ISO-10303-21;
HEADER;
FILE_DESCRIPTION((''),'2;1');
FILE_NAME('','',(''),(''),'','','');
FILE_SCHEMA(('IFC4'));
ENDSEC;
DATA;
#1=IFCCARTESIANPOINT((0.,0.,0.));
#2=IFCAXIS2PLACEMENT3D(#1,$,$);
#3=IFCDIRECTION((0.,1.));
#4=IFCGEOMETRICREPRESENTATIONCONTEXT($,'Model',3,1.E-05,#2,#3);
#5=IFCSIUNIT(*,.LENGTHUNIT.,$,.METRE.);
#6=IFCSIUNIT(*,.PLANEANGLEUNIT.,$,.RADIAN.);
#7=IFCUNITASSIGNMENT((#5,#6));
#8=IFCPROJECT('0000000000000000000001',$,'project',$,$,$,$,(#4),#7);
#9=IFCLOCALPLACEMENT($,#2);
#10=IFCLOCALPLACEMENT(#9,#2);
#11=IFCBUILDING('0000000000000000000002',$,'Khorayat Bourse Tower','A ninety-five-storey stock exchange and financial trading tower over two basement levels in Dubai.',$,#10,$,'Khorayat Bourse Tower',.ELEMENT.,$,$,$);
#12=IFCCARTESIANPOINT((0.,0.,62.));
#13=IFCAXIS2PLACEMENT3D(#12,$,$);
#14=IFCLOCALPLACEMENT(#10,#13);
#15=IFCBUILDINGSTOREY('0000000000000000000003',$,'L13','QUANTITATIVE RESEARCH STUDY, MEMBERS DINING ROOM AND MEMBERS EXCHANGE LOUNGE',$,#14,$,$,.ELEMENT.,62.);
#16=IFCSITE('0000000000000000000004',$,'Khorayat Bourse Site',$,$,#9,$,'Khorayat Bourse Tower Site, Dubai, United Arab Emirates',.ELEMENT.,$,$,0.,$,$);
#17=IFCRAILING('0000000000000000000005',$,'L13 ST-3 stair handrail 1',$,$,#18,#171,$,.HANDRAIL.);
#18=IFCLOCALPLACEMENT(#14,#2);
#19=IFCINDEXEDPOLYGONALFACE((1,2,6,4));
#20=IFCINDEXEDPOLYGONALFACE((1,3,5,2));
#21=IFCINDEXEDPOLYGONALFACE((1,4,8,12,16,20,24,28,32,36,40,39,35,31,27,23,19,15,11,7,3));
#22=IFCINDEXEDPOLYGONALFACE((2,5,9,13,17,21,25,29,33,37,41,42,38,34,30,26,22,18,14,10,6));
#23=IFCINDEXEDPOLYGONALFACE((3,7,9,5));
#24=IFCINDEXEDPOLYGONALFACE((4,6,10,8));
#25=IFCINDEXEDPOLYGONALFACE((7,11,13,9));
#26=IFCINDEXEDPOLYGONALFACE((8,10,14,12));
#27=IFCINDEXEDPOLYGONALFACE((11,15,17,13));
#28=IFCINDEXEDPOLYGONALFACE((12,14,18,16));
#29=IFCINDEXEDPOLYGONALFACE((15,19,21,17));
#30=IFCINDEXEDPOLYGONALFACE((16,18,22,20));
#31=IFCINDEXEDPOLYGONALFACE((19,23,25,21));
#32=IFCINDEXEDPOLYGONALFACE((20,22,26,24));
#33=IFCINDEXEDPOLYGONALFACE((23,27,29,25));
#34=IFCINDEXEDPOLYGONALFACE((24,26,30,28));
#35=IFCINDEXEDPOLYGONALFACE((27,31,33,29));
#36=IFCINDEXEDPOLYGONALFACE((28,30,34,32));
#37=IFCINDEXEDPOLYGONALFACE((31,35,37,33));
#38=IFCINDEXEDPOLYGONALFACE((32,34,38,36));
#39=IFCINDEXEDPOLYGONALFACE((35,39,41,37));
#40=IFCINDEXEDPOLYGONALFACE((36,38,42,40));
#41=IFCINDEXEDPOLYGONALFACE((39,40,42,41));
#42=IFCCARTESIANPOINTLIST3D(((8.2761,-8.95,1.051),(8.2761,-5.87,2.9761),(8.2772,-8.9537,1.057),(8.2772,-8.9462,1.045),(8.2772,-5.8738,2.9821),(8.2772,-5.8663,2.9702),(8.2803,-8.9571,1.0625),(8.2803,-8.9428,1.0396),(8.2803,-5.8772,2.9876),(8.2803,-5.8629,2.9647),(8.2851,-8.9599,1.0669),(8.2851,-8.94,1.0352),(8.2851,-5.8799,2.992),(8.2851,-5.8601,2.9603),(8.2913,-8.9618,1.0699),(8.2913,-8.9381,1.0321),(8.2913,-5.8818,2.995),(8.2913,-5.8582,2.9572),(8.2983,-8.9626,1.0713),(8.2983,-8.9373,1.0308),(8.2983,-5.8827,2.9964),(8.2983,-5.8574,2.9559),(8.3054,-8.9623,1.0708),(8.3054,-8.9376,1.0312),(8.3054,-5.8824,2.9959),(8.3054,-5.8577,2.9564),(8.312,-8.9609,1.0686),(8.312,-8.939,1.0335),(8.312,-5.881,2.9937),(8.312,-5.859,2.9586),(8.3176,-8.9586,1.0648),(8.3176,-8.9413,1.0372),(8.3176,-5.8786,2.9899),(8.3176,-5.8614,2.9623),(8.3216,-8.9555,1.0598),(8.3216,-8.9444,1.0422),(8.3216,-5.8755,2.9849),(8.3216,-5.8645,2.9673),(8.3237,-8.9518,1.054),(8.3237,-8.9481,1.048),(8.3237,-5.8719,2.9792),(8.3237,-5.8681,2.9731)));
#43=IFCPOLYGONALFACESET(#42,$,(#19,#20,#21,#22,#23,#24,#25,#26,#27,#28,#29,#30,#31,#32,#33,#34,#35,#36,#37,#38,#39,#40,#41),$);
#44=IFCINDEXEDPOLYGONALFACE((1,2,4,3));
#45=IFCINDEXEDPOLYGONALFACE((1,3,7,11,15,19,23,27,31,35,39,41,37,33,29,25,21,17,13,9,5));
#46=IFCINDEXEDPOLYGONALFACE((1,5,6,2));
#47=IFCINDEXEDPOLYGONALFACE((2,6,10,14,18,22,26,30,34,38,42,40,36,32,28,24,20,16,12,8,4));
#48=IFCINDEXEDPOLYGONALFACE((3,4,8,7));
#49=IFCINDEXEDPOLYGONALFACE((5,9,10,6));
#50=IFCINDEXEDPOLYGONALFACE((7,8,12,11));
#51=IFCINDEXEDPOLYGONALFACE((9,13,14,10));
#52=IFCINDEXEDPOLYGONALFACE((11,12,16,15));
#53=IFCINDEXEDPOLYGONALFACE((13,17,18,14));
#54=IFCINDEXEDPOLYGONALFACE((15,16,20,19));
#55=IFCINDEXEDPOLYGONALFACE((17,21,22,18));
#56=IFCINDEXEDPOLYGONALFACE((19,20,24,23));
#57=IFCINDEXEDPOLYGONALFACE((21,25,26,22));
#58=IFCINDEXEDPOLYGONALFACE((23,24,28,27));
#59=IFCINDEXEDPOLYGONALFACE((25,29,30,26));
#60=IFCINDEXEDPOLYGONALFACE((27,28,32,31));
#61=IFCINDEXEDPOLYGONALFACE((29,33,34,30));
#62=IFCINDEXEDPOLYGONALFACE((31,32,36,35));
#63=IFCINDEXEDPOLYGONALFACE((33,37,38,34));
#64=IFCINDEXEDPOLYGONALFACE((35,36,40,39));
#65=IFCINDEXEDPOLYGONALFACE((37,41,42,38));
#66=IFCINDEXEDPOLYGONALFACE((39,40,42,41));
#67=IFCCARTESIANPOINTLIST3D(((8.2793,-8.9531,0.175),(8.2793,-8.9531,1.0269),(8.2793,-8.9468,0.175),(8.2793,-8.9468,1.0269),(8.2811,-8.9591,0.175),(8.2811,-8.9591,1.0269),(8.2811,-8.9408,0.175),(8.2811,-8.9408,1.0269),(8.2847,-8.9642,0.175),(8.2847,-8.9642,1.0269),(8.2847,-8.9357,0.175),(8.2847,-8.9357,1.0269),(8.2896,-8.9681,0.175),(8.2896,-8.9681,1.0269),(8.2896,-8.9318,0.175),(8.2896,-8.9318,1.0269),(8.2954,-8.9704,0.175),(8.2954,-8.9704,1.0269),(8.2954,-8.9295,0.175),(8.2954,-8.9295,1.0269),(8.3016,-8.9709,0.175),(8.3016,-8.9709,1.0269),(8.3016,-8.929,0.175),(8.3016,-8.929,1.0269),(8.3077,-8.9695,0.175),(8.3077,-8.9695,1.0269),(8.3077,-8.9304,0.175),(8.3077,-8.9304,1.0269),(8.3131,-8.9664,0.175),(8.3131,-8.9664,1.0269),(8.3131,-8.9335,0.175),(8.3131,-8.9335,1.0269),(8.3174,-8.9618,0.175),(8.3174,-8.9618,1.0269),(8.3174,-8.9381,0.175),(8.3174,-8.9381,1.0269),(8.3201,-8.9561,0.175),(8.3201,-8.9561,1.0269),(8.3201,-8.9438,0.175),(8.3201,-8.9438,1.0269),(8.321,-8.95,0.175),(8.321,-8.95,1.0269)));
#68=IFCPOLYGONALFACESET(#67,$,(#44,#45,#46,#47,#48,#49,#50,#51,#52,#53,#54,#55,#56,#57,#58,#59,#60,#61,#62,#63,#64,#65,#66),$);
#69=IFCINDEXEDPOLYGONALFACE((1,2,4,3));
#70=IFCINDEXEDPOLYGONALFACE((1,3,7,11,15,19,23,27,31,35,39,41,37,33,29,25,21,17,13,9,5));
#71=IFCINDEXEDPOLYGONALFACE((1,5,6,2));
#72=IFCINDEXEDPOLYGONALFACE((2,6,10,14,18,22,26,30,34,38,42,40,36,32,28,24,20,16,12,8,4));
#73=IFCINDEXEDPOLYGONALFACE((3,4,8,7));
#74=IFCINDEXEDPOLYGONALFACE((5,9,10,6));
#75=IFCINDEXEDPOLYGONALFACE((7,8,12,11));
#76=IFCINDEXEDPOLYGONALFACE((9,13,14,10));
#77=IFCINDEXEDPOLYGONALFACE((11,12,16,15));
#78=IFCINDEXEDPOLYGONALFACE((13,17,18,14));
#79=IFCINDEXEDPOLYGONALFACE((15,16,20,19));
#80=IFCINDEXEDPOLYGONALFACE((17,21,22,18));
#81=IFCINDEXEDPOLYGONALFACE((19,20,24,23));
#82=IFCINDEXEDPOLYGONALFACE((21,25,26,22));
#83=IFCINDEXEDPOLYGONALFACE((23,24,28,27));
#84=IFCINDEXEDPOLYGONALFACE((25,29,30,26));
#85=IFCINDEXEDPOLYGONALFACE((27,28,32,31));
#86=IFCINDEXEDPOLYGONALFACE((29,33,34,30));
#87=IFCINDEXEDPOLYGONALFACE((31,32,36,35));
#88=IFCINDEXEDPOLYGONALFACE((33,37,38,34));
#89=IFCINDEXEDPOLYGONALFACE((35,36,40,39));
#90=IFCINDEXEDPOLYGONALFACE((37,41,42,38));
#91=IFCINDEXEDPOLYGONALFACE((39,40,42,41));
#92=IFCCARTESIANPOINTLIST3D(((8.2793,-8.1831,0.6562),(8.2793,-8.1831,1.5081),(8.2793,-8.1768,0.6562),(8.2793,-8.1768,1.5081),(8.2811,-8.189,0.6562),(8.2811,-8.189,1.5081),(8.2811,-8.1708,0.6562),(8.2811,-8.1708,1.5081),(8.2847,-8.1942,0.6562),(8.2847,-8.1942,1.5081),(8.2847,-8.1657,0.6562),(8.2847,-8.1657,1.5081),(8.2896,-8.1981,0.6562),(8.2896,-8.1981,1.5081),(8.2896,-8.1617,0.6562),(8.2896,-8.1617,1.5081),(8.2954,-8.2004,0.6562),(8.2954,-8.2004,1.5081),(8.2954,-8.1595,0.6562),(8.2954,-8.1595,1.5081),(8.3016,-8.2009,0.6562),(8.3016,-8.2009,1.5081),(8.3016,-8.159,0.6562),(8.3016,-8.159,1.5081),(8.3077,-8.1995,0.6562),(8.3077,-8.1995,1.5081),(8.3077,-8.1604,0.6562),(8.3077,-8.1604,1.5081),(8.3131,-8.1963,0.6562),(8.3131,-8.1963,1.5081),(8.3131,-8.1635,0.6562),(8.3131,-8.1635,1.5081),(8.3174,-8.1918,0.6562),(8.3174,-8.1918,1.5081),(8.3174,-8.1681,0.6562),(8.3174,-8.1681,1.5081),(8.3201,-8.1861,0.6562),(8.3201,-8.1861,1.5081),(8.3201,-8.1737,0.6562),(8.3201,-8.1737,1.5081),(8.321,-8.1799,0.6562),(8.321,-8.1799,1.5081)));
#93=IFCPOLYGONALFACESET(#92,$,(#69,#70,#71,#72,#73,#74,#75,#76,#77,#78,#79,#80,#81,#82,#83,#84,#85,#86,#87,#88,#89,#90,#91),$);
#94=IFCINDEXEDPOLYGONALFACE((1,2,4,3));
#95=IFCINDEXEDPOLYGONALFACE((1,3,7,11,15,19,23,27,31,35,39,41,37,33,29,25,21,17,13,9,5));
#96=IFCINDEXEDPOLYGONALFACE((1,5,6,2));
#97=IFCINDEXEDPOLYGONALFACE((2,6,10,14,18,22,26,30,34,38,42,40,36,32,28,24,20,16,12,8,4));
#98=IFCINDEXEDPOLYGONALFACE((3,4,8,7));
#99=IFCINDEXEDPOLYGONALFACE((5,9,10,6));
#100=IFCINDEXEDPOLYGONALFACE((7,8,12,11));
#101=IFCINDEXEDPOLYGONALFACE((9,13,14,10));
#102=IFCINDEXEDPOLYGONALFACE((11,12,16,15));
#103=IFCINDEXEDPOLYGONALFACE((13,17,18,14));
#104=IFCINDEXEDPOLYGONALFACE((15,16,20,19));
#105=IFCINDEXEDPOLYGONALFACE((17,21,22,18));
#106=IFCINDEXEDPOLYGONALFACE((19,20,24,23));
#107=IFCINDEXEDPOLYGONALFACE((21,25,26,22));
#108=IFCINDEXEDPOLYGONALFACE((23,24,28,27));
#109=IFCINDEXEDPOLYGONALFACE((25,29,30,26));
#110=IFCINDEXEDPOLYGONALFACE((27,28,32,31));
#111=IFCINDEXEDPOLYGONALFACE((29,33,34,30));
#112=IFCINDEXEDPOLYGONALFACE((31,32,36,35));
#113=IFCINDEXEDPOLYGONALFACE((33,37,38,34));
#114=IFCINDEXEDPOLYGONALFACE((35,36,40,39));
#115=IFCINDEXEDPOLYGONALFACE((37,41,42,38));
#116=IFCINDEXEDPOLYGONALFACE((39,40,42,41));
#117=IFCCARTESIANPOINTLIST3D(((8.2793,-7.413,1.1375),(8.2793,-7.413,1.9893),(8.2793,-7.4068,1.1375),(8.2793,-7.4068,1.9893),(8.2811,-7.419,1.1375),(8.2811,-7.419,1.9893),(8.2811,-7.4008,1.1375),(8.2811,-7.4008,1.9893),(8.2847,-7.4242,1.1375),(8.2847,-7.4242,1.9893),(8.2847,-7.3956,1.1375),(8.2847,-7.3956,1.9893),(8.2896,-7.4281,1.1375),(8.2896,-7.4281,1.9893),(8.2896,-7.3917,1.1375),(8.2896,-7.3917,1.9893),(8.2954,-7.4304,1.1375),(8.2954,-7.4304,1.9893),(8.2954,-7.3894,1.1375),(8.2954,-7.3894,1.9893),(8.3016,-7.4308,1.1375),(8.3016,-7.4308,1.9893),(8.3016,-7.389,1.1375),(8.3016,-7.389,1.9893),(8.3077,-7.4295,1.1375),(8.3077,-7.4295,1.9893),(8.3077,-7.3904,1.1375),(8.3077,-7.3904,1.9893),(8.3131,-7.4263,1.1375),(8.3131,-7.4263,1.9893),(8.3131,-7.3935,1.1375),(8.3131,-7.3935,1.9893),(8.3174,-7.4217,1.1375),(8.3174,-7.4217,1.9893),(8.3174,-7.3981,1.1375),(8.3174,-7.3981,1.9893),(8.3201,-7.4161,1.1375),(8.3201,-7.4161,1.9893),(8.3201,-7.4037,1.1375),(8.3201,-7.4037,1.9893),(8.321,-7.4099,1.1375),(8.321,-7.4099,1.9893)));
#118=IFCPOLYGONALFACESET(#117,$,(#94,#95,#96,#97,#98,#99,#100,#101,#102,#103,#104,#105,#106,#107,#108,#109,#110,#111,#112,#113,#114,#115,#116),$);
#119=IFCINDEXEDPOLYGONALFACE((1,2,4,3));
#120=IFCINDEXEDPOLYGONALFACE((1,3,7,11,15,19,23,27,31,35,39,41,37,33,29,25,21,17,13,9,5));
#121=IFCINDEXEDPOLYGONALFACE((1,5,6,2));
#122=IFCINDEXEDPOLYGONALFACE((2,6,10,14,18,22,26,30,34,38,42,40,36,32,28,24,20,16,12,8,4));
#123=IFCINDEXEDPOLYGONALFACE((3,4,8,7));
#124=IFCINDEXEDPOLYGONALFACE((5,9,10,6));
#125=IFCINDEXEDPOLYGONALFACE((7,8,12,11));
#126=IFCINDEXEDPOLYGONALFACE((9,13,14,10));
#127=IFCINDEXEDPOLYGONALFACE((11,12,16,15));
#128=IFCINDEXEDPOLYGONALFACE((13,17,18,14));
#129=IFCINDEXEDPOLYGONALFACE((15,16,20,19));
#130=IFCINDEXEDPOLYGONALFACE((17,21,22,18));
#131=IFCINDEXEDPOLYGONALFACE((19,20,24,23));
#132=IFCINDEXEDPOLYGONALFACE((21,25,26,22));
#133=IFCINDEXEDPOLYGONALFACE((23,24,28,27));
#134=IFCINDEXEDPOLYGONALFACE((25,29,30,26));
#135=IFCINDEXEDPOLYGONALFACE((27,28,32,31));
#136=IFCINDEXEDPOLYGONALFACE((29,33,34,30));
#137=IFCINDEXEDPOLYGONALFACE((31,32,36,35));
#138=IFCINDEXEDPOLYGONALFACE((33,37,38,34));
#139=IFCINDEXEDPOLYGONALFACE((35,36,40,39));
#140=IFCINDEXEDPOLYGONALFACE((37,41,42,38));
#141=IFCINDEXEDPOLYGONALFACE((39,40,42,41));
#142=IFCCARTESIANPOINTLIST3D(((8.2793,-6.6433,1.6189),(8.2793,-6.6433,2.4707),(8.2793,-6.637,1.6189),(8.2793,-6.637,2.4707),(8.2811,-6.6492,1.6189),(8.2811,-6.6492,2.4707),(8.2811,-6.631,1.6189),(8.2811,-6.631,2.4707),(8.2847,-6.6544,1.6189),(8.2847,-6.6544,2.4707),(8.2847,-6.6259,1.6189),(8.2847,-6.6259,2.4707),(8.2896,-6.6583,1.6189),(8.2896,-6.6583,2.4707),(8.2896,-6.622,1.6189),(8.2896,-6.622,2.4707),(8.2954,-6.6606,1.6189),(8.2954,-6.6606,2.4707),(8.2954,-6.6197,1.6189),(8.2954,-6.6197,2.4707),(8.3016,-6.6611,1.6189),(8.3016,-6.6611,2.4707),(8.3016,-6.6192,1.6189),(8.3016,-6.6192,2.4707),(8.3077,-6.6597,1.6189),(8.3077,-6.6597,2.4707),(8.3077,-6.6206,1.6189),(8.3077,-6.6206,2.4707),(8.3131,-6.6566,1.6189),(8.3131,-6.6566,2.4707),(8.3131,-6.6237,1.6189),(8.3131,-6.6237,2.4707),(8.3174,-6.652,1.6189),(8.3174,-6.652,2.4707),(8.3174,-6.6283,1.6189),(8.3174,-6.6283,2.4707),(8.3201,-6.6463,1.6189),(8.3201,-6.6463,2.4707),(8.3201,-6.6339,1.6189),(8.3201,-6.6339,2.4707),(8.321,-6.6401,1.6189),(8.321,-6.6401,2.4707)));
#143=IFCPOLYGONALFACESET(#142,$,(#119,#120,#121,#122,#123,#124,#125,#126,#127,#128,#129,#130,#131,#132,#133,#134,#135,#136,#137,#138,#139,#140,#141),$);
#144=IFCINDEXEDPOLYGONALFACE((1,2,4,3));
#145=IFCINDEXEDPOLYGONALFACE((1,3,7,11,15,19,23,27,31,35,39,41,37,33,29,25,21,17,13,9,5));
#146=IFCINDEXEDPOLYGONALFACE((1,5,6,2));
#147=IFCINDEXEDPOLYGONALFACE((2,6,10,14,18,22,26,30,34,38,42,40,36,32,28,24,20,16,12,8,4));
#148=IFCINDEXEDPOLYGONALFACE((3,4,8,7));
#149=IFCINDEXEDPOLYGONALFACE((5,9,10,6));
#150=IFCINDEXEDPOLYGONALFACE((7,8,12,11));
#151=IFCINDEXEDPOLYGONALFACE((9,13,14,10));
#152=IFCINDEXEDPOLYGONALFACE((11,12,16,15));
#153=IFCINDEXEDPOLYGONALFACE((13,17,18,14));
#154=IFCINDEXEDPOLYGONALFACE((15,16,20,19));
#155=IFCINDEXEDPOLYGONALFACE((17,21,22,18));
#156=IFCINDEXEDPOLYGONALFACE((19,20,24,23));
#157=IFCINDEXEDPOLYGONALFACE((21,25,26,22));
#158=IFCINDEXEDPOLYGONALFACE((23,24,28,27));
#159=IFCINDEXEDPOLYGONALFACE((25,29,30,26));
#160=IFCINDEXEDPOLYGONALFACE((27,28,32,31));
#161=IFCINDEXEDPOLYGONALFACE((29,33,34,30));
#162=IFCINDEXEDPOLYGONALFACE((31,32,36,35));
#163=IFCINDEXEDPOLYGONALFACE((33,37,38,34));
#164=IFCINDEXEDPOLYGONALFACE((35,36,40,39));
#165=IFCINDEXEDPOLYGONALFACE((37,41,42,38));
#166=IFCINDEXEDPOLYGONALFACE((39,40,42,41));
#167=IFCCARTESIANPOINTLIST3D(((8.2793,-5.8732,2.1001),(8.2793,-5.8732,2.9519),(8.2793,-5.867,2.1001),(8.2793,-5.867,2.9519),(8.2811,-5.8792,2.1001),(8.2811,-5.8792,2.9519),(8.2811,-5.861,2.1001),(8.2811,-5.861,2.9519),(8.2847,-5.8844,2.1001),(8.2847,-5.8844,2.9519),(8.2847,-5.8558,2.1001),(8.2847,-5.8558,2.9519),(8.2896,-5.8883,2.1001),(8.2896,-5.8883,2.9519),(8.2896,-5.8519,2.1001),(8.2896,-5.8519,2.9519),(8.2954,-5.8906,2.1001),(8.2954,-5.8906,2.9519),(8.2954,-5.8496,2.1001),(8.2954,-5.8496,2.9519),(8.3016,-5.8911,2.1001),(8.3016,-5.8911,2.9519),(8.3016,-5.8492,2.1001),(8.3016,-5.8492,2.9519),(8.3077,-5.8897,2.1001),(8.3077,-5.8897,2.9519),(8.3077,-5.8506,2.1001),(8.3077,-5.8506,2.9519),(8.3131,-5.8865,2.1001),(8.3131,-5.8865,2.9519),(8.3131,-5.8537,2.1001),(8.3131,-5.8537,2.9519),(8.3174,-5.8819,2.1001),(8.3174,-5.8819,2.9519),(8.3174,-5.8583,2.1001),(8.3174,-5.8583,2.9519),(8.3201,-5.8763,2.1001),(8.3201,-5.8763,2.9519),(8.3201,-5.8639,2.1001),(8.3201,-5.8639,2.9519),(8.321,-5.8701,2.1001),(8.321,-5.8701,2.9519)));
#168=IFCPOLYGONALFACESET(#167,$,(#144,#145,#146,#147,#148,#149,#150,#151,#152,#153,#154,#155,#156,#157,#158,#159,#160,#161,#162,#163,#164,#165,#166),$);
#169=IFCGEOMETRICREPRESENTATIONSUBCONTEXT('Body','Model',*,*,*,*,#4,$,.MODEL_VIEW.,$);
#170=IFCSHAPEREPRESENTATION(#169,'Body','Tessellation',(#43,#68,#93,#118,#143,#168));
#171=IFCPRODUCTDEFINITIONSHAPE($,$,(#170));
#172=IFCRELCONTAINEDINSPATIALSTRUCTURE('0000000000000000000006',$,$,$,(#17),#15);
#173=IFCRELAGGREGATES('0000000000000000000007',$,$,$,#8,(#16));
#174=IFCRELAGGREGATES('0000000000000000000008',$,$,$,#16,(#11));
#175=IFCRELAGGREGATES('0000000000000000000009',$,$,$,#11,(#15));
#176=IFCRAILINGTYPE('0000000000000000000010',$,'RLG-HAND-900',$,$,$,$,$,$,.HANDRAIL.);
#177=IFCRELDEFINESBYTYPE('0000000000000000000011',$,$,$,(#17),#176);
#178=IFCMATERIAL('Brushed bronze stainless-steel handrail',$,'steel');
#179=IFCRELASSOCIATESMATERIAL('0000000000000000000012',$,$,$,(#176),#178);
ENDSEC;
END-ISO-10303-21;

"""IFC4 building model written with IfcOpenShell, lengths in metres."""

from ifc_helpers import new_model, si_unit, direction, frame, origin, origin_2d, place, context, subcontext, project, spatial, circle, extrude, source, transform, mapped, material, type_object, element, save


model = new_model("IFC4")

# Units and contexts
model_context = context("Model", 3, precision=1e-05, world=origin(), true_north=direction((0.0, 1.0)))
body_context = subcontext(model_context, "Body", "Model", "MODEL_VIEW")
ifc_project = project(units=[si_unit("LENGTHUNIT", "METRE"), si_unit("PLANEANGLEUNIT", "RADIAN")], contexts=[model_context])

# Site, building, storey
site_placement = place(None, origin())
site = spatial("IfcSite", under=ifc_project, at=site_placement, Name="Khorayat Bourse Site", LongName="Khorayat Bourse Tower Site, Dubai, United Arab Emirates", CompositionType="ELEMENT", RefElevation=0.0)
building_placement = place(site_placement, origin())
building = spatial("IfcBuilding", under=site, at=building_placement, Name="Khorayat Bourse Tower", Description="A ninety-five-storey stock exchange and financial trading tower over two basement levels in Dubai.", LongName="Khorayat Bourse Tower", CompositionType="ELEMENT")
storey_placement = place(building_placement, frame((0.0, 0.0, 62.0)))
storey = spatial("IfcBuildingStorey", under=building, at=storey_placement, Name="L13", Description="QUANTITATIVE RESEARCH STUDY, MEMBERS DINING ROOM AND MEMBERS EXCHANGE LOUNGE", CompositionType="ELEMENT", Elevation=62.0)

# Railing
ifc_material_1 = material(Name="Brushed bronze stainless-steel handrail", Category="steel")
railing_type_1 = type_object("IfcRailingType", Name="RLG-HAND-900", PredefinedType="HANDRAIL", material=ifc_material_1)
shared_shape_1 = source(origin(), body_context, "Body", "SweptSolid", [
    extrude(circle(Radius=0.0239, at=origin_2d()), frame((0.0, 0.0, 0.876), z_axis=(0.0, 0.847979, 0.530029), x_axis=(-1.0, 0.0, 0.0)), (0.0, 0.0, 1.0), 3.6321),
    extrude(circle(Radius=0.021, at=origin_2d()), origin(), (0.0, 0.0, 1.0), 0.8518),
    extrude(circle(Radius=0.021, at=origin_2d()), frame((0.0, 0.77, 0.4812)), (0.0, 0.0, 1.0), 0.8518),
    extrude(circle(Radius=0.021, at=origin_2d()), frame((0.0, 1.54, 0.9624)), (0.0, 0.0, 1.0), 0.8518),
    extrude(circle(Radius=0.021, at=origin_2d()), frame((0.0, 2.3098, 1.4438)), (0.0, 0.0, 1.0), 0.8518),
    extrude(circle(Radius=0.021, at=origin_2d()), frame((0.0, 3.0798, 1.925)), (0.0, 0.0, 1.0), 0.8518),
])
railing_1_placement = place(storey_placement, frame((8.3, -8.95, 0.175)))
element("IfcRailing", 1, at=railing_1_placement, inside=storey, type_object=railing_type_1, Name="L13 ST-3 stair handrail 1", PredefinedType="HANDRAIL", context=body_context, shape_type="MappedRepresentation", body=[
    mapped(shared_shape_1, transform((0.0, 0.0, 0.0), scale=1.0)),
])

save(model, "model.ifc")
